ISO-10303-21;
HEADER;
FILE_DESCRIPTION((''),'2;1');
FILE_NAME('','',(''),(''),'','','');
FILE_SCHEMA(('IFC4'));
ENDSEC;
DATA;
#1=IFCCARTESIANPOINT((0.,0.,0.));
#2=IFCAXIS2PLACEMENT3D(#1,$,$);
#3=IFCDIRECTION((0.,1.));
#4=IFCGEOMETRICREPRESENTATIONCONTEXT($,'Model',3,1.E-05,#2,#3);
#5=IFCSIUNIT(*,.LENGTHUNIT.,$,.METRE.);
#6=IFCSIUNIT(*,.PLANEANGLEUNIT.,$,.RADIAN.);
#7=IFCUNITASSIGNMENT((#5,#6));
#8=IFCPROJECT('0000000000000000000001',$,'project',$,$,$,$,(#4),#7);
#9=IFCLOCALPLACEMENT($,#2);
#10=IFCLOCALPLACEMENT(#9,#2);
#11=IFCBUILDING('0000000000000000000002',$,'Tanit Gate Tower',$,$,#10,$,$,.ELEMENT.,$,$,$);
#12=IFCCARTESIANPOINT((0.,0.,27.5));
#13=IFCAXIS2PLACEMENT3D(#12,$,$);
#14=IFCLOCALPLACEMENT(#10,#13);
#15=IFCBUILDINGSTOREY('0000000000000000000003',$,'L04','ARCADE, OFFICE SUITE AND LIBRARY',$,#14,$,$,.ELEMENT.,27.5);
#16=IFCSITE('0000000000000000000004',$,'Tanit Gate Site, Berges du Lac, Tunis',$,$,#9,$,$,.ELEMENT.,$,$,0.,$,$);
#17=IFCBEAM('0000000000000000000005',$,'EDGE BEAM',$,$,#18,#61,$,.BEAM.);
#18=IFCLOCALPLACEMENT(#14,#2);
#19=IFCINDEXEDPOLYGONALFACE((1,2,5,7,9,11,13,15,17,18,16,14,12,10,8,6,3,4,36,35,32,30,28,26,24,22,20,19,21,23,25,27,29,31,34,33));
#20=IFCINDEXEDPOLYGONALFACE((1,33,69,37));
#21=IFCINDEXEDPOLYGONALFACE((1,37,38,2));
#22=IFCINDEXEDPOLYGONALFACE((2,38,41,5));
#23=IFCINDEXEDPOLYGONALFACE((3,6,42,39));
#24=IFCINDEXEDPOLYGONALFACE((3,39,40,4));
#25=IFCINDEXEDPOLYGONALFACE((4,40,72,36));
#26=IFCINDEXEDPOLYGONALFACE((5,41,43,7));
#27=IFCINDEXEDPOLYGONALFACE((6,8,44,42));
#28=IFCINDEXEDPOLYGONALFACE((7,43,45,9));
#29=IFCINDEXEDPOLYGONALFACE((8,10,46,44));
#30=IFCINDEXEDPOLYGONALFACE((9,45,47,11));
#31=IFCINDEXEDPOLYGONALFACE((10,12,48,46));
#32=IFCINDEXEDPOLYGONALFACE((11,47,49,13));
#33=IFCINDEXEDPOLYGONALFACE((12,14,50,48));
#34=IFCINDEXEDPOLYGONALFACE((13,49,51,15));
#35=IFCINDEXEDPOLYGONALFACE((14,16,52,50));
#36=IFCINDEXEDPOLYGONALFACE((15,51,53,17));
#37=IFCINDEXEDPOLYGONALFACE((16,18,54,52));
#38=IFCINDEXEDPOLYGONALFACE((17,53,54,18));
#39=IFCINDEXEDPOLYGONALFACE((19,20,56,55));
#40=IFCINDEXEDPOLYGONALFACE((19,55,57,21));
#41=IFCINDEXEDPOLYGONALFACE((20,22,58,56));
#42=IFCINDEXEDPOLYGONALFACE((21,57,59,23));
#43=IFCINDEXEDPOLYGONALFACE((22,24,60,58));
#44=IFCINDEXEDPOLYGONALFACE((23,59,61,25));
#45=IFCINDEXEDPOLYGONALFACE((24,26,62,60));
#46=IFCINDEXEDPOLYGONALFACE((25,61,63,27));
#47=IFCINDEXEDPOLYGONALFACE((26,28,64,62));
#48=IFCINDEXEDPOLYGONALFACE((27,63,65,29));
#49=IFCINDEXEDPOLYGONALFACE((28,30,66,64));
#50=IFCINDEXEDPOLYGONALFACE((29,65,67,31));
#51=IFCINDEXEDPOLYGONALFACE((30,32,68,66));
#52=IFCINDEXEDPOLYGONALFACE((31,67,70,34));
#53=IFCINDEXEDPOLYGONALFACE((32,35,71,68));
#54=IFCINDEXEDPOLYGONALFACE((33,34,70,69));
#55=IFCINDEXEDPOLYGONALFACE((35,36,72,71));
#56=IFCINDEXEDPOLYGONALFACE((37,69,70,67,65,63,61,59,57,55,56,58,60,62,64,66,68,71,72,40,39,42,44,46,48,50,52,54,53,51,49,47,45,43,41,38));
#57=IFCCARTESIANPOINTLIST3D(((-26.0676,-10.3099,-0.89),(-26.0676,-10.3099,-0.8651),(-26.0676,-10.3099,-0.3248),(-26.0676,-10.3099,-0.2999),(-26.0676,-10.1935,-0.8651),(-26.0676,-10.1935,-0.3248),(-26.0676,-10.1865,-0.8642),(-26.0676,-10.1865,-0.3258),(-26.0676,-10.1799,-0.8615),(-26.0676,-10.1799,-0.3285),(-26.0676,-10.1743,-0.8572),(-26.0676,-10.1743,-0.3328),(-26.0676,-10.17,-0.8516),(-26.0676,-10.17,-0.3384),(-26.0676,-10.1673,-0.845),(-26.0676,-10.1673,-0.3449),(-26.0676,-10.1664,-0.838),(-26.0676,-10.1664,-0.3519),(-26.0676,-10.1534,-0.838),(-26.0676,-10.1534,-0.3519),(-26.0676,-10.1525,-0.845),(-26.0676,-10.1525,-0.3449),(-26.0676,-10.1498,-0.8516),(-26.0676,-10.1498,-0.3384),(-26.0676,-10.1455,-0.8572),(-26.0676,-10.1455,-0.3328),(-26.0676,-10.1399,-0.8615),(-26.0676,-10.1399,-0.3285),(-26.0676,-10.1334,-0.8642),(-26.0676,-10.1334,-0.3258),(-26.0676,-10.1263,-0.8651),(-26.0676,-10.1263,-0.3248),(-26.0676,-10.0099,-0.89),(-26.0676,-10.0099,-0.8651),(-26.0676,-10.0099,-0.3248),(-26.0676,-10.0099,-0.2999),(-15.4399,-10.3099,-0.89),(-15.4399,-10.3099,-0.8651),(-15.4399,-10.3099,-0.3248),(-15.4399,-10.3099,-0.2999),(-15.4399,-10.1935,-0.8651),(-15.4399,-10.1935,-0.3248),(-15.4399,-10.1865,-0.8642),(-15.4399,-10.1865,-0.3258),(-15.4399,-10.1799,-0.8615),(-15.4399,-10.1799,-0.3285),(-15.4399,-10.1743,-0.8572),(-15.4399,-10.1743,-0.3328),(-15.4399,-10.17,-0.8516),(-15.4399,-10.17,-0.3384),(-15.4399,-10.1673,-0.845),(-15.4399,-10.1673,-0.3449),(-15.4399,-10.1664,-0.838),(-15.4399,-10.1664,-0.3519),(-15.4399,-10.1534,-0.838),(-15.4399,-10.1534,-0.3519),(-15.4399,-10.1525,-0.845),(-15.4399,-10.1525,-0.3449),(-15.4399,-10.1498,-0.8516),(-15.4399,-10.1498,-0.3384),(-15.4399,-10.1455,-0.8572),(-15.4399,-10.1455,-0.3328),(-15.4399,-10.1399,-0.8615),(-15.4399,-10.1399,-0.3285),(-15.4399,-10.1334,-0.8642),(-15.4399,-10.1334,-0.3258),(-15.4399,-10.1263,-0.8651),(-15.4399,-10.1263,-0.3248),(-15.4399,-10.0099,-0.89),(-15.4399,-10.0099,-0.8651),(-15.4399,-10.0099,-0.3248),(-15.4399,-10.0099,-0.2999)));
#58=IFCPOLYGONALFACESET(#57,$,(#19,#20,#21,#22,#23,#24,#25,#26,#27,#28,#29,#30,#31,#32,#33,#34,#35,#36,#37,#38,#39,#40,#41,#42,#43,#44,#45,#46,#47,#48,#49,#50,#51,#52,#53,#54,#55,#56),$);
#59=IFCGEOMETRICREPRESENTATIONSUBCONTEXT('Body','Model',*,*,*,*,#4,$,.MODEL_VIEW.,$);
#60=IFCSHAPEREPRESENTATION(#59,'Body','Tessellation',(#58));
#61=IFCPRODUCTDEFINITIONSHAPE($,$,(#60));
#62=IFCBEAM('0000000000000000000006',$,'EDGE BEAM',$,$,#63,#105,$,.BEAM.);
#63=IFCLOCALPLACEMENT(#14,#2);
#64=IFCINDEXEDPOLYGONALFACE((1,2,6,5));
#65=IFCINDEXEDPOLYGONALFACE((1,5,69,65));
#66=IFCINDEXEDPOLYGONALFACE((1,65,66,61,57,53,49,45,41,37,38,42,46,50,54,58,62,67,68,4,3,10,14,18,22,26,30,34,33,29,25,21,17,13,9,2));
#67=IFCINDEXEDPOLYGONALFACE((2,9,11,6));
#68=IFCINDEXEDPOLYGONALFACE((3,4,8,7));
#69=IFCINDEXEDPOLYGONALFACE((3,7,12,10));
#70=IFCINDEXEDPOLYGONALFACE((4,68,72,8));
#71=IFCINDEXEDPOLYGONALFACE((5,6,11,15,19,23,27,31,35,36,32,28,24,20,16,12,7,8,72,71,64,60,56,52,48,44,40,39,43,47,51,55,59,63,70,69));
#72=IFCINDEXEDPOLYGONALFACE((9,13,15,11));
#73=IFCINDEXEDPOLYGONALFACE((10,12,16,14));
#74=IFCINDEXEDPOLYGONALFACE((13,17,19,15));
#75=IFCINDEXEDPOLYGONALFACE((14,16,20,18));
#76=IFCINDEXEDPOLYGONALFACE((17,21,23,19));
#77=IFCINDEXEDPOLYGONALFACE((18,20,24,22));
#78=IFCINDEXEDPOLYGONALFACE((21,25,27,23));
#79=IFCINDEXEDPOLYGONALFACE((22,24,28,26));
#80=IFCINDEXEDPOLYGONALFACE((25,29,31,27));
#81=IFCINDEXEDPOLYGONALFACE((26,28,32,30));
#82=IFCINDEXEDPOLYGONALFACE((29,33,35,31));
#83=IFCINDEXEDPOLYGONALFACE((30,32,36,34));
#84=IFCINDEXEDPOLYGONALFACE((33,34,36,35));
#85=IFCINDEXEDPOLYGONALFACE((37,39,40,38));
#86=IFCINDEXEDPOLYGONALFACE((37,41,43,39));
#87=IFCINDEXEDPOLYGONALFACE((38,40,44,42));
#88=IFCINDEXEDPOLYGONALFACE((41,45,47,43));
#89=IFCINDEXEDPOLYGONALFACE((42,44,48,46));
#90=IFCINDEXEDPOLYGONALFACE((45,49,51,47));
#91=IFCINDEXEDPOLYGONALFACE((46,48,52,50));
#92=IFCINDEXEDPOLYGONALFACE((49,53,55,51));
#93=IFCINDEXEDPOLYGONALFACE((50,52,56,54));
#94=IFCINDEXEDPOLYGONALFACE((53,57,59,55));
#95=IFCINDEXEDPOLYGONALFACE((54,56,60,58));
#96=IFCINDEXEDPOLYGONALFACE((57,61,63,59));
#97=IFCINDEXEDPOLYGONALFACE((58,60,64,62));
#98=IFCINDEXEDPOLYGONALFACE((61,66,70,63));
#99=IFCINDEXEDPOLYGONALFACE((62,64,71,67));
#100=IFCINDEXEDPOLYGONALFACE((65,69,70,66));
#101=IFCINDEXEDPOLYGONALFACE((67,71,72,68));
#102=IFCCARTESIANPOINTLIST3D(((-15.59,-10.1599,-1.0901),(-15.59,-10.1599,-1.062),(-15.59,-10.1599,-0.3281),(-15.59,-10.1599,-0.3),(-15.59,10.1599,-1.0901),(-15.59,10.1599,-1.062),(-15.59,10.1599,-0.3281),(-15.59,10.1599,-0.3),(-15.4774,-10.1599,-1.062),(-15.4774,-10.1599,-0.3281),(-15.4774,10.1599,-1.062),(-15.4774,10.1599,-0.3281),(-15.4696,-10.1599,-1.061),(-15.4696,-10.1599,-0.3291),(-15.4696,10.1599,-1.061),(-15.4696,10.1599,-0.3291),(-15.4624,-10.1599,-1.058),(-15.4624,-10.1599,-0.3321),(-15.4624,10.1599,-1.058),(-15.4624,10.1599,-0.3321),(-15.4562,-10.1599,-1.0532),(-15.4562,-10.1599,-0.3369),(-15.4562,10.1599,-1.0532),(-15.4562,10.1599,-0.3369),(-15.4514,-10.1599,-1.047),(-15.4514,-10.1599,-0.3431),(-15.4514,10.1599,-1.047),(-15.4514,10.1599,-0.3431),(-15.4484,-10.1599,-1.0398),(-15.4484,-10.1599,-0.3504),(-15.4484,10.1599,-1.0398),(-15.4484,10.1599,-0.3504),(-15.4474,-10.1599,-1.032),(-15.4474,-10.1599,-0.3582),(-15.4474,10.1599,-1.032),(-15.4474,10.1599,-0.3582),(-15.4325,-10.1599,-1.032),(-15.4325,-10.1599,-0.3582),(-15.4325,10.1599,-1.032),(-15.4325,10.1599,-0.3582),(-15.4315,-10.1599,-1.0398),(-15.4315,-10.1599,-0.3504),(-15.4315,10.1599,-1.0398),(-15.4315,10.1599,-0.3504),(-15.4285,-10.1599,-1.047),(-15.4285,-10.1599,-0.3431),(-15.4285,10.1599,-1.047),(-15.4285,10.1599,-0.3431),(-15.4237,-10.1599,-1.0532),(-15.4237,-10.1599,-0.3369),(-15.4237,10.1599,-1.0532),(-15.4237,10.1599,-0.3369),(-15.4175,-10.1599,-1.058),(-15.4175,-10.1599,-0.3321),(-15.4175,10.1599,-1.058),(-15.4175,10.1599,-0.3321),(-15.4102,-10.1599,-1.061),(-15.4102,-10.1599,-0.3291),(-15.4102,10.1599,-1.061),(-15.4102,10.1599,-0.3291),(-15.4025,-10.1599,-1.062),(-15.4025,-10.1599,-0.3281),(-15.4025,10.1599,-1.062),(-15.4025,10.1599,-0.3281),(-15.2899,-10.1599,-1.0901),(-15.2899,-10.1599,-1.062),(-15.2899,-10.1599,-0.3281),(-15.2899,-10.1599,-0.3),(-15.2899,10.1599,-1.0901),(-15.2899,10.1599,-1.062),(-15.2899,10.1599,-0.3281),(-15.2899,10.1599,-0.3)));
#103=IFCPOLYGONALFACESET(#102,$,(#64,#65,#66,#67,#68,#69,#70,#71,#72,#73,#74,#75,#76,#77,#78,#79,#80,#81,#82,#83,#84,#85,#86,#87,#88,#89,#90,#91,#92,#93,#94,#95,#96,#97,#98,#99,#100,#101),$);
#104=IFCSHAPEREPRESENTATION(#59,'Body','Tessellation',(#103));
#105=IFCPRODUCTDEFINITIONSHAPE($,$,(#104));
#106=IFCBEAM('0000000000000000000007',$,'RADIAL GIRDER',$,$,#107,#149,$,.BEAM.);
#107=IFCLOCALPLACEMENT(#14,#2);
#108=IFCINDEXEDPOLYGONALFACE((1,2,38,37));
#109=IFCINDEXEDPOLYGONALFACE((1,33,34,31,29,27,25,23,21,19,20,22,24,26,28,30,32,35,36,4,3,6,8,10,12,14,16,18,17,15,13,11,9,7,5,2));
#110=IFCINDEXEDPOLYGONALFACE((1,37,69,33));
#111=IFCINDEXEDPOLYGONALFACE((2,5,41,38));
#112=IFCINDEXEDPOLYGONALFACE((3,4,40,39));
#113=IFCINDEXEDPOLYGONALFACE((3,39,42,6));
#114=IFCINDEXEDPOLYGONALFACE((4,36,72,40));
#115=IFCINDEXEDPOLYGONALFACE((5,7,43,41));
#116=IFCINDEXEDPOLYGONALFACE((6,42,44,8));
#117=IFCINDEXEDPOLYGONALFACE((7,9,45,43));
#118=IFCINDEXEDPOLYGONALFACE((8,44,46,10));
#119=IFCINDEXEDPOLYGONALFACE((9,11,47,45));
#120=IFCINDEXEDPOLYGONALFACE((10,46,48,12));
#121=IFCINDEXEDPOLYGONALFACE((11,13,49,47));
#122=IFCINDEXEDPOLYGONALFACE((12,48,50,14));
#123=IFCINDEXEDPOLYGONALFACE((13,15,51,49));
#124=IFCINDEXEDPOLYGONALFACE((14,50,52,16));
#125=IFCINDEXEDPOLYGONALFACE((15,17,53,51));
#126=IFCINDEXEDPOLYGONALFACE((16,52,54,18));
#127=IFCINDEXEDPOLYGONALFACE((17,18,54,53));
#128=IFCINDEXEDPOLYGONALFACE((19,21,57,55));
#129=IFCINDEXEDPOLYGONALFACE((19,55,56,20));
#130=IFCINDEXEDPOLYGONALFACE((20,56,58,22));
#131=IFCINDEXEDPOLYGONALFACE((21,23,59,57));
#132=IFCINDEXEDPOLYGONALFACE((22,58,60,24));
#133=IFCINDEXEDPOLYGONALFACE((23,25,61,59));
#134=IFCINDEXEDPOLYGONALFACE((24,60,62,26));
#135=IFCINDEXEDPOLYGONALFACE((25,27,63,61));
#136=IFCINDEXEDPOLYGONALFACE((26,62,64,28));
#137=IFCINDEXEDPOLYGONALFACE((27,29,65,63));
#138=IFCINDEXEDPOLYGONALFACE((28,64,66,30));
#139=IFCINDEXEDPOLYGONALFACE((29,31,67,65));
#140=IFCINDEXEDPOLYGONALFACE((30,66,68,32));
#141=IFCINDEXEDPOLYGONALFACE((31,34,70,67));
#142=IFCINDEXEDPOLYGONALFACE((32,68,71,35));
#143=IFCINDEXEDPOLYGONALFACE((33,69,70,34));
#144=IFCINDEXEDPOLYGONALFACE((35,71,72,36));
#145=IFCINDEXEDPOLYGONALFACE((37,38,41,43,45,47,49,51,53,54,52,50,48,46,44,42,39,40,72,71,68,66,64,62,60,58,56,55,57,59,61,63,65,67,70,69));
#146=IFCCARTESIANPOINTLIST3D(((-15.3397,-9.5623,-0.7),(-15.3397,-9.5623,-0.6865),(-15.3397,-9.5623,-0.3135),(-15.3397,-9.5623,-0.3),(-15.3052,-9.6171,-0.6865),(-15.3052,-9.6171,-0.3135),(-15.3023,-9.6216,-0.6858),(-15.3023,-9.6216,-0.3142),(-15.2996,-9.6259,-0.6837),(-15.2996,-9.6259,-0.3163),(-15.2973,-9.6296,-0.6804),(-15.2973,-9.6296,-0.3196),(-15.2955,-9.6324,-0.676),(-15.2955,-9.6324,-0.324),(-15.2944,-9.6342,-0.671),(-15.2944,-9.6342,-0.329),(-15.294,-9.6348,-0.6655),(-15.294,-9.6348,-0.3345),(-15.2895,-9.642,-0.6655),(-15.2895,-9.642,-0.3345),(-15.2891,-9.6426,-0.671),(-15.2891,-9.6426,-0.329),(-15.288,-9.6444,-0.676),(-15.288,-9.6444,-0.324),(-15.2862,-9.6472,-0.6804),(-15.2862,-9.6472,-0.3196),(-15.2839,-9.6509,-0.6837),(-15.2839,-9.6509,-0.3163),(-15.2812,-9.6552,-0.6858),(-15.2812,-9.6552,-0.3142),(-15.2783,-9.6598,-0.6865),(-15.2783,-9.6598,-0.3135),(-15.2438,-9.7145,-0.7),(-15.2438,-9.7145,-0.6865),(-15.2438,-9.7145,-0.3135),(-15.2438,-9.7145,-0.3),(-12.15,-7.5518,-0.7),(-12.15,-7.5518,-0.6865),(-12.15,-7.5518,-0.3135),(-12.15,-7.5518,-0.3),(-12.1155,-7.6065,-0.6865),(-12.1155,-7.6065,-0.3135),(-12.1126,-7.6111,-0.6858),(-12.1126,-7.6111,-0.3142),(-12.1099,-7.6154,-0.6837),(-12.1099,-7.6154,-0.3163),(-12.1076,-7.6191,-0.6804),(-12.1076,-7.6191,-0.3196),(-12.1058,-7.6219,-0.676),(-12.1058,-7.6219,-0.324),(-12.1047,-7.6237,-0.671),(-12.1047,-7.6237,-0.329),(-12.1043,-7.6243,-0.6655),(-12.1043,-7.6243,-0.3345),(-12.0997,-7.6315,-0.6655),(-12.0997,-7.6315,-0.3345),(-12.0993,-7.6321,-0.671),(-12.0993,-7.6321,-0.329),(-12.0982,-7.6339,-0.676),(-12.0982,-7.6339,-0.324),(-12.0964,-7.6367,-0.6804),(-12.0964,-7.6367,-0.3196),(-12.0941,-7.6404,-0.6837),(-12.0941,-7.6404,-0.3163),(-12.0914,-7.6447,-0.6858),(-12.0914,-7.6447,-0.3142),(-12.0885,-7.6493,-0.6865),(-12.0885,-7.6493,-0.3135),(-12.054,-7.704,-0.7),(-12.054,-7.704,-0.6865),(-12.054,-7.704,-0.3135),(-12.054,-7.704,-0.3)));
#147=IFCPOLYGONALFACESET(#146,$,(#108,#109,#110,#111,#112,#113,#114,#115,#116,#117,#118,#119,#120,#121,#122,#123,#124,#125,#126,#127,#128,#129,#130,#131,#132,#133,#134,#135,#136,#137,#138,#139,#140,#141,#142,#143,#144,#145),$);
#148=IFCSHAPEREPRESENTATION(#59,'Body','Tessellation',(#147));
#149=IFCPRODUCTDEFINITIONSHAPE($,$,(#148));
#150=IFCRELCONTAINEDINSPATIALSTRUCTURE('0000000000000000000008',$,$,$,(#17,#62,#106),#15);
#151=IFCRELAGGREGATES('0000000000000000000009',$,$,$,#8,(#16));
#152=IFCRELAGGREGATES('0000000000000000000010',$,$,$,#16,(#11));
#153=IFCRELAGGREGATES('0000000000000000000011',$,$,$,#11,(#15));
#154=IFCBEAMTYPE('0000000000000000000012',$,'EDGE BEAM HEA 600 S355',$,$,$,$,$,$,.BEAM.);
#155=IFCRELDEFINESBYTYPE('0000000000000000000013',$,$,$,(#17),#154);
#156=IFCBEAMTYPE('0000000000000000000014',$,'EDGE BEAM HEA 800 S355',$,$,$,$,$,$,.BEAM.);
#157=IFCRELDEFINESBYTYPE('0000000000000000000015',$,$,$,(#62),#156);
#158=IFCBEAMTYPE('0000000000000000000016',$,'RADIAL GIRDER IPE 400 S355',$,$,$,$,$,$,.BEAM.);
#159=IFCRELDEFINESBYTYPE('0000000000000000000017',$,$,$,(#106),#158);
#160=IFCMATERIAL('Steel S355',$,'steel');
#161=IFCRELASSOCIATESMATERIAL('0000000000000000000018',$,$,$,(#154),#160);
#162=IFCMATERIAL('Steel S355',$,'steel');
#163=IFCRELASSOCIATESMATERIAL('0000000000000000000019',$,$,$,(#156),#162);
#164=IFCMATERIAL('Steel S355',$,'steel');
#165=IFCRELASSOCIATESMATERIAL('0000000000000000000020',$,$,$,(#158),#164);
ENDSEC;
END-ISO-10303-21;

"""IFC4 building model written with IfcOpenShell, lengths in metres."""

from ifc_helpers import new_model, si_unit, direction, frame, origin, origin_2d, place, context, subcontext, project, spatial, i_section, extrude, material, material_profile, profile_set, type_object, element, save


model = new_model("IFC4")

# Units and contexts
model_context = context("Model", 3, precision=1e-05, world=origin(), true_north=direction((0.0, 1.0)))
body_context = subcontext(model_context, "Body", "Model", "MODEL_VIEW")
ifc_project = project(units=[si_unit("LENGTHUNIT", "METRE"), si_unit("PLANEANGLEUNIT", "RADIAN")], contexts=[model_context])

# Site, building, storey
site_placement = place(None, origin())
site = spatial("IfcSite", under=ifc_project, at=site_placement, Name="Tanit Gate Site, Berges du Lac, Tunis", CompositionType="ELEMENT", RefElevation=0.0)
building_placement = place(site_placement, origin())
building = spatial("IfcBuilding", under=site, at=building_placement, Name="Tanit Gate Tower", CompositionType="ELEMENT")
storey_placement = place(building_placement, frame((0.0, 0.0, 27.5)))
storey = spatial("IfcBuildingStorey", under=building, at=storey_placement, Name="L04", Description="ARCADE, OFFICE SUITE AND LIBRARY", CompositionType="ELEMENT", Elevation=27.5)

# Beams
ifc_material_1 = material(Name="Steel S355", Category="steel")
ifc_material_profile_1 = material_profile(ifc_material_1, i_section(OverallWidth=0.3, OverallDepth=0.5901, WebThickness=0.0129, FlangeThickness=0.0249, FilletRadius=0.0271, at=origin_2d()), Name="HEA 600")
ifc_profile_set_1 = profile_set([ifc_material_profile_1], Name="Steel S355")
beam_type_1 = type_object("IfcBeamType", Name="EDGE BEAM HEA 600 S355", PredefinedType="BEAM", material=ifc_profile_set_1)
beam_1_placement = place(storey_placement, frame((-26.0676, -10.1599, -0.595), z_axis=(1.0, 0.0, 0.0), x_axis=(0.0, 1.0, 0.0)))
element("IfcBeam", 1, at=beam_1_placement, inside=storey, type_object=beam_type_1, Name="EDGE BEAM", PredefinedType="BEAM", context=body_context, shape_type="SweptSolid", body=[
    extrude(i_section(OverallWidth=0.3, OverallDepth=0.5901, WebThickness=0.0129, FlangeThickness=0.0249, FilletRadius=0.0271, at=origin_2d()), origin(), (0.0, 0.0, 1.0), 10.6277),
])
ifc_material_2 = material(Name="Steel S355", Category="steel")
ifc_material_profile_2 = material_profile(ifc_material_2, i_section(OverallWidth=0.3, OverallDepth=0.79, WebThickness=0.0149, FlangeThickness=0.0281, FilletRadius=0.03, at=origin_2d()), Name="HEA 800")
ifc_profile_set_2 = profile_set([ifc_material_profile_2], Name="Steel S355")
beam_type_2 = type_object("IfcBeamType", Name="EDGE BEAM HEA 800 S355", PredefinedType="BEAM", material=ifc_profile_set_2)
beam_2_placement = place(storey_placement, frame((-15.4399, -10.1599, -0.6951), z_axis=(0.0, 1.0, 0.0), x_axis=(-1.0, 0.0, 0.0)))
element("IfcBeam", 2, at=beam_2_placement, inside=storey, type_object=beam_type_2, Name="EDGE BEAM", PredefinedType="BEAM", context=body_context, shape_type="SweptSolid", body=[
    extrude(i_section(OverallWidth=0.3, OverallDepth=0.79, WebThickness=0.0149, FlangeThickness=0.0281, FilletRadius=0.03, at=origin_2d()), origin(), (0.0, 0.0, 1.0), 20.3198),
])
ifc_material_3 = material(Name="Steel S355", Category="steel")
ifc_material_profile_3 = material_profile(ifc_material_3, i_section(OverallWidth=0.1799, OverallDepth=0.3999, WebThickness=0.0085, FlangeThickness=0.0134, FilletRadius=0.021, at=origin_2d()), Name="IPE 400")
ifc_profile_set_3 = profile_set([ifc_material_profile_3], Name="Steel S355")
beam_type_3 = type_object("IfcBeamType", Name="RADIAL GIRDER IPE 400 S355", PredefinedType="BEAM", material=ifc_profile_set_3)
beam_3_placement = place(storey_placement, frame((-15.2917, -9.6384, -0.5), z_axis=(0.845973, 0.533225, 0.0), x_axis=(-0.533225, 0.845973, 0.0)))
element("IfcBeam", 3, at=beam_3_placement, inside=storey, type_object=beam_type_3, Name="RADIAL GIRDER", PredefinedType="BEAM", context=body_context, shape_type="SweptSolid", body=[
    extrude(i_section(OverallWidth=0.1799, OverallDepth=0.3999, WebThickness=0.0085, FlangeThickness=0.0134, FilletRadius=0.021, at=origin_2d()), origin(), (0.0, 0.0, 1.0), 3.7705),
])

save(model, "model.ifc")
